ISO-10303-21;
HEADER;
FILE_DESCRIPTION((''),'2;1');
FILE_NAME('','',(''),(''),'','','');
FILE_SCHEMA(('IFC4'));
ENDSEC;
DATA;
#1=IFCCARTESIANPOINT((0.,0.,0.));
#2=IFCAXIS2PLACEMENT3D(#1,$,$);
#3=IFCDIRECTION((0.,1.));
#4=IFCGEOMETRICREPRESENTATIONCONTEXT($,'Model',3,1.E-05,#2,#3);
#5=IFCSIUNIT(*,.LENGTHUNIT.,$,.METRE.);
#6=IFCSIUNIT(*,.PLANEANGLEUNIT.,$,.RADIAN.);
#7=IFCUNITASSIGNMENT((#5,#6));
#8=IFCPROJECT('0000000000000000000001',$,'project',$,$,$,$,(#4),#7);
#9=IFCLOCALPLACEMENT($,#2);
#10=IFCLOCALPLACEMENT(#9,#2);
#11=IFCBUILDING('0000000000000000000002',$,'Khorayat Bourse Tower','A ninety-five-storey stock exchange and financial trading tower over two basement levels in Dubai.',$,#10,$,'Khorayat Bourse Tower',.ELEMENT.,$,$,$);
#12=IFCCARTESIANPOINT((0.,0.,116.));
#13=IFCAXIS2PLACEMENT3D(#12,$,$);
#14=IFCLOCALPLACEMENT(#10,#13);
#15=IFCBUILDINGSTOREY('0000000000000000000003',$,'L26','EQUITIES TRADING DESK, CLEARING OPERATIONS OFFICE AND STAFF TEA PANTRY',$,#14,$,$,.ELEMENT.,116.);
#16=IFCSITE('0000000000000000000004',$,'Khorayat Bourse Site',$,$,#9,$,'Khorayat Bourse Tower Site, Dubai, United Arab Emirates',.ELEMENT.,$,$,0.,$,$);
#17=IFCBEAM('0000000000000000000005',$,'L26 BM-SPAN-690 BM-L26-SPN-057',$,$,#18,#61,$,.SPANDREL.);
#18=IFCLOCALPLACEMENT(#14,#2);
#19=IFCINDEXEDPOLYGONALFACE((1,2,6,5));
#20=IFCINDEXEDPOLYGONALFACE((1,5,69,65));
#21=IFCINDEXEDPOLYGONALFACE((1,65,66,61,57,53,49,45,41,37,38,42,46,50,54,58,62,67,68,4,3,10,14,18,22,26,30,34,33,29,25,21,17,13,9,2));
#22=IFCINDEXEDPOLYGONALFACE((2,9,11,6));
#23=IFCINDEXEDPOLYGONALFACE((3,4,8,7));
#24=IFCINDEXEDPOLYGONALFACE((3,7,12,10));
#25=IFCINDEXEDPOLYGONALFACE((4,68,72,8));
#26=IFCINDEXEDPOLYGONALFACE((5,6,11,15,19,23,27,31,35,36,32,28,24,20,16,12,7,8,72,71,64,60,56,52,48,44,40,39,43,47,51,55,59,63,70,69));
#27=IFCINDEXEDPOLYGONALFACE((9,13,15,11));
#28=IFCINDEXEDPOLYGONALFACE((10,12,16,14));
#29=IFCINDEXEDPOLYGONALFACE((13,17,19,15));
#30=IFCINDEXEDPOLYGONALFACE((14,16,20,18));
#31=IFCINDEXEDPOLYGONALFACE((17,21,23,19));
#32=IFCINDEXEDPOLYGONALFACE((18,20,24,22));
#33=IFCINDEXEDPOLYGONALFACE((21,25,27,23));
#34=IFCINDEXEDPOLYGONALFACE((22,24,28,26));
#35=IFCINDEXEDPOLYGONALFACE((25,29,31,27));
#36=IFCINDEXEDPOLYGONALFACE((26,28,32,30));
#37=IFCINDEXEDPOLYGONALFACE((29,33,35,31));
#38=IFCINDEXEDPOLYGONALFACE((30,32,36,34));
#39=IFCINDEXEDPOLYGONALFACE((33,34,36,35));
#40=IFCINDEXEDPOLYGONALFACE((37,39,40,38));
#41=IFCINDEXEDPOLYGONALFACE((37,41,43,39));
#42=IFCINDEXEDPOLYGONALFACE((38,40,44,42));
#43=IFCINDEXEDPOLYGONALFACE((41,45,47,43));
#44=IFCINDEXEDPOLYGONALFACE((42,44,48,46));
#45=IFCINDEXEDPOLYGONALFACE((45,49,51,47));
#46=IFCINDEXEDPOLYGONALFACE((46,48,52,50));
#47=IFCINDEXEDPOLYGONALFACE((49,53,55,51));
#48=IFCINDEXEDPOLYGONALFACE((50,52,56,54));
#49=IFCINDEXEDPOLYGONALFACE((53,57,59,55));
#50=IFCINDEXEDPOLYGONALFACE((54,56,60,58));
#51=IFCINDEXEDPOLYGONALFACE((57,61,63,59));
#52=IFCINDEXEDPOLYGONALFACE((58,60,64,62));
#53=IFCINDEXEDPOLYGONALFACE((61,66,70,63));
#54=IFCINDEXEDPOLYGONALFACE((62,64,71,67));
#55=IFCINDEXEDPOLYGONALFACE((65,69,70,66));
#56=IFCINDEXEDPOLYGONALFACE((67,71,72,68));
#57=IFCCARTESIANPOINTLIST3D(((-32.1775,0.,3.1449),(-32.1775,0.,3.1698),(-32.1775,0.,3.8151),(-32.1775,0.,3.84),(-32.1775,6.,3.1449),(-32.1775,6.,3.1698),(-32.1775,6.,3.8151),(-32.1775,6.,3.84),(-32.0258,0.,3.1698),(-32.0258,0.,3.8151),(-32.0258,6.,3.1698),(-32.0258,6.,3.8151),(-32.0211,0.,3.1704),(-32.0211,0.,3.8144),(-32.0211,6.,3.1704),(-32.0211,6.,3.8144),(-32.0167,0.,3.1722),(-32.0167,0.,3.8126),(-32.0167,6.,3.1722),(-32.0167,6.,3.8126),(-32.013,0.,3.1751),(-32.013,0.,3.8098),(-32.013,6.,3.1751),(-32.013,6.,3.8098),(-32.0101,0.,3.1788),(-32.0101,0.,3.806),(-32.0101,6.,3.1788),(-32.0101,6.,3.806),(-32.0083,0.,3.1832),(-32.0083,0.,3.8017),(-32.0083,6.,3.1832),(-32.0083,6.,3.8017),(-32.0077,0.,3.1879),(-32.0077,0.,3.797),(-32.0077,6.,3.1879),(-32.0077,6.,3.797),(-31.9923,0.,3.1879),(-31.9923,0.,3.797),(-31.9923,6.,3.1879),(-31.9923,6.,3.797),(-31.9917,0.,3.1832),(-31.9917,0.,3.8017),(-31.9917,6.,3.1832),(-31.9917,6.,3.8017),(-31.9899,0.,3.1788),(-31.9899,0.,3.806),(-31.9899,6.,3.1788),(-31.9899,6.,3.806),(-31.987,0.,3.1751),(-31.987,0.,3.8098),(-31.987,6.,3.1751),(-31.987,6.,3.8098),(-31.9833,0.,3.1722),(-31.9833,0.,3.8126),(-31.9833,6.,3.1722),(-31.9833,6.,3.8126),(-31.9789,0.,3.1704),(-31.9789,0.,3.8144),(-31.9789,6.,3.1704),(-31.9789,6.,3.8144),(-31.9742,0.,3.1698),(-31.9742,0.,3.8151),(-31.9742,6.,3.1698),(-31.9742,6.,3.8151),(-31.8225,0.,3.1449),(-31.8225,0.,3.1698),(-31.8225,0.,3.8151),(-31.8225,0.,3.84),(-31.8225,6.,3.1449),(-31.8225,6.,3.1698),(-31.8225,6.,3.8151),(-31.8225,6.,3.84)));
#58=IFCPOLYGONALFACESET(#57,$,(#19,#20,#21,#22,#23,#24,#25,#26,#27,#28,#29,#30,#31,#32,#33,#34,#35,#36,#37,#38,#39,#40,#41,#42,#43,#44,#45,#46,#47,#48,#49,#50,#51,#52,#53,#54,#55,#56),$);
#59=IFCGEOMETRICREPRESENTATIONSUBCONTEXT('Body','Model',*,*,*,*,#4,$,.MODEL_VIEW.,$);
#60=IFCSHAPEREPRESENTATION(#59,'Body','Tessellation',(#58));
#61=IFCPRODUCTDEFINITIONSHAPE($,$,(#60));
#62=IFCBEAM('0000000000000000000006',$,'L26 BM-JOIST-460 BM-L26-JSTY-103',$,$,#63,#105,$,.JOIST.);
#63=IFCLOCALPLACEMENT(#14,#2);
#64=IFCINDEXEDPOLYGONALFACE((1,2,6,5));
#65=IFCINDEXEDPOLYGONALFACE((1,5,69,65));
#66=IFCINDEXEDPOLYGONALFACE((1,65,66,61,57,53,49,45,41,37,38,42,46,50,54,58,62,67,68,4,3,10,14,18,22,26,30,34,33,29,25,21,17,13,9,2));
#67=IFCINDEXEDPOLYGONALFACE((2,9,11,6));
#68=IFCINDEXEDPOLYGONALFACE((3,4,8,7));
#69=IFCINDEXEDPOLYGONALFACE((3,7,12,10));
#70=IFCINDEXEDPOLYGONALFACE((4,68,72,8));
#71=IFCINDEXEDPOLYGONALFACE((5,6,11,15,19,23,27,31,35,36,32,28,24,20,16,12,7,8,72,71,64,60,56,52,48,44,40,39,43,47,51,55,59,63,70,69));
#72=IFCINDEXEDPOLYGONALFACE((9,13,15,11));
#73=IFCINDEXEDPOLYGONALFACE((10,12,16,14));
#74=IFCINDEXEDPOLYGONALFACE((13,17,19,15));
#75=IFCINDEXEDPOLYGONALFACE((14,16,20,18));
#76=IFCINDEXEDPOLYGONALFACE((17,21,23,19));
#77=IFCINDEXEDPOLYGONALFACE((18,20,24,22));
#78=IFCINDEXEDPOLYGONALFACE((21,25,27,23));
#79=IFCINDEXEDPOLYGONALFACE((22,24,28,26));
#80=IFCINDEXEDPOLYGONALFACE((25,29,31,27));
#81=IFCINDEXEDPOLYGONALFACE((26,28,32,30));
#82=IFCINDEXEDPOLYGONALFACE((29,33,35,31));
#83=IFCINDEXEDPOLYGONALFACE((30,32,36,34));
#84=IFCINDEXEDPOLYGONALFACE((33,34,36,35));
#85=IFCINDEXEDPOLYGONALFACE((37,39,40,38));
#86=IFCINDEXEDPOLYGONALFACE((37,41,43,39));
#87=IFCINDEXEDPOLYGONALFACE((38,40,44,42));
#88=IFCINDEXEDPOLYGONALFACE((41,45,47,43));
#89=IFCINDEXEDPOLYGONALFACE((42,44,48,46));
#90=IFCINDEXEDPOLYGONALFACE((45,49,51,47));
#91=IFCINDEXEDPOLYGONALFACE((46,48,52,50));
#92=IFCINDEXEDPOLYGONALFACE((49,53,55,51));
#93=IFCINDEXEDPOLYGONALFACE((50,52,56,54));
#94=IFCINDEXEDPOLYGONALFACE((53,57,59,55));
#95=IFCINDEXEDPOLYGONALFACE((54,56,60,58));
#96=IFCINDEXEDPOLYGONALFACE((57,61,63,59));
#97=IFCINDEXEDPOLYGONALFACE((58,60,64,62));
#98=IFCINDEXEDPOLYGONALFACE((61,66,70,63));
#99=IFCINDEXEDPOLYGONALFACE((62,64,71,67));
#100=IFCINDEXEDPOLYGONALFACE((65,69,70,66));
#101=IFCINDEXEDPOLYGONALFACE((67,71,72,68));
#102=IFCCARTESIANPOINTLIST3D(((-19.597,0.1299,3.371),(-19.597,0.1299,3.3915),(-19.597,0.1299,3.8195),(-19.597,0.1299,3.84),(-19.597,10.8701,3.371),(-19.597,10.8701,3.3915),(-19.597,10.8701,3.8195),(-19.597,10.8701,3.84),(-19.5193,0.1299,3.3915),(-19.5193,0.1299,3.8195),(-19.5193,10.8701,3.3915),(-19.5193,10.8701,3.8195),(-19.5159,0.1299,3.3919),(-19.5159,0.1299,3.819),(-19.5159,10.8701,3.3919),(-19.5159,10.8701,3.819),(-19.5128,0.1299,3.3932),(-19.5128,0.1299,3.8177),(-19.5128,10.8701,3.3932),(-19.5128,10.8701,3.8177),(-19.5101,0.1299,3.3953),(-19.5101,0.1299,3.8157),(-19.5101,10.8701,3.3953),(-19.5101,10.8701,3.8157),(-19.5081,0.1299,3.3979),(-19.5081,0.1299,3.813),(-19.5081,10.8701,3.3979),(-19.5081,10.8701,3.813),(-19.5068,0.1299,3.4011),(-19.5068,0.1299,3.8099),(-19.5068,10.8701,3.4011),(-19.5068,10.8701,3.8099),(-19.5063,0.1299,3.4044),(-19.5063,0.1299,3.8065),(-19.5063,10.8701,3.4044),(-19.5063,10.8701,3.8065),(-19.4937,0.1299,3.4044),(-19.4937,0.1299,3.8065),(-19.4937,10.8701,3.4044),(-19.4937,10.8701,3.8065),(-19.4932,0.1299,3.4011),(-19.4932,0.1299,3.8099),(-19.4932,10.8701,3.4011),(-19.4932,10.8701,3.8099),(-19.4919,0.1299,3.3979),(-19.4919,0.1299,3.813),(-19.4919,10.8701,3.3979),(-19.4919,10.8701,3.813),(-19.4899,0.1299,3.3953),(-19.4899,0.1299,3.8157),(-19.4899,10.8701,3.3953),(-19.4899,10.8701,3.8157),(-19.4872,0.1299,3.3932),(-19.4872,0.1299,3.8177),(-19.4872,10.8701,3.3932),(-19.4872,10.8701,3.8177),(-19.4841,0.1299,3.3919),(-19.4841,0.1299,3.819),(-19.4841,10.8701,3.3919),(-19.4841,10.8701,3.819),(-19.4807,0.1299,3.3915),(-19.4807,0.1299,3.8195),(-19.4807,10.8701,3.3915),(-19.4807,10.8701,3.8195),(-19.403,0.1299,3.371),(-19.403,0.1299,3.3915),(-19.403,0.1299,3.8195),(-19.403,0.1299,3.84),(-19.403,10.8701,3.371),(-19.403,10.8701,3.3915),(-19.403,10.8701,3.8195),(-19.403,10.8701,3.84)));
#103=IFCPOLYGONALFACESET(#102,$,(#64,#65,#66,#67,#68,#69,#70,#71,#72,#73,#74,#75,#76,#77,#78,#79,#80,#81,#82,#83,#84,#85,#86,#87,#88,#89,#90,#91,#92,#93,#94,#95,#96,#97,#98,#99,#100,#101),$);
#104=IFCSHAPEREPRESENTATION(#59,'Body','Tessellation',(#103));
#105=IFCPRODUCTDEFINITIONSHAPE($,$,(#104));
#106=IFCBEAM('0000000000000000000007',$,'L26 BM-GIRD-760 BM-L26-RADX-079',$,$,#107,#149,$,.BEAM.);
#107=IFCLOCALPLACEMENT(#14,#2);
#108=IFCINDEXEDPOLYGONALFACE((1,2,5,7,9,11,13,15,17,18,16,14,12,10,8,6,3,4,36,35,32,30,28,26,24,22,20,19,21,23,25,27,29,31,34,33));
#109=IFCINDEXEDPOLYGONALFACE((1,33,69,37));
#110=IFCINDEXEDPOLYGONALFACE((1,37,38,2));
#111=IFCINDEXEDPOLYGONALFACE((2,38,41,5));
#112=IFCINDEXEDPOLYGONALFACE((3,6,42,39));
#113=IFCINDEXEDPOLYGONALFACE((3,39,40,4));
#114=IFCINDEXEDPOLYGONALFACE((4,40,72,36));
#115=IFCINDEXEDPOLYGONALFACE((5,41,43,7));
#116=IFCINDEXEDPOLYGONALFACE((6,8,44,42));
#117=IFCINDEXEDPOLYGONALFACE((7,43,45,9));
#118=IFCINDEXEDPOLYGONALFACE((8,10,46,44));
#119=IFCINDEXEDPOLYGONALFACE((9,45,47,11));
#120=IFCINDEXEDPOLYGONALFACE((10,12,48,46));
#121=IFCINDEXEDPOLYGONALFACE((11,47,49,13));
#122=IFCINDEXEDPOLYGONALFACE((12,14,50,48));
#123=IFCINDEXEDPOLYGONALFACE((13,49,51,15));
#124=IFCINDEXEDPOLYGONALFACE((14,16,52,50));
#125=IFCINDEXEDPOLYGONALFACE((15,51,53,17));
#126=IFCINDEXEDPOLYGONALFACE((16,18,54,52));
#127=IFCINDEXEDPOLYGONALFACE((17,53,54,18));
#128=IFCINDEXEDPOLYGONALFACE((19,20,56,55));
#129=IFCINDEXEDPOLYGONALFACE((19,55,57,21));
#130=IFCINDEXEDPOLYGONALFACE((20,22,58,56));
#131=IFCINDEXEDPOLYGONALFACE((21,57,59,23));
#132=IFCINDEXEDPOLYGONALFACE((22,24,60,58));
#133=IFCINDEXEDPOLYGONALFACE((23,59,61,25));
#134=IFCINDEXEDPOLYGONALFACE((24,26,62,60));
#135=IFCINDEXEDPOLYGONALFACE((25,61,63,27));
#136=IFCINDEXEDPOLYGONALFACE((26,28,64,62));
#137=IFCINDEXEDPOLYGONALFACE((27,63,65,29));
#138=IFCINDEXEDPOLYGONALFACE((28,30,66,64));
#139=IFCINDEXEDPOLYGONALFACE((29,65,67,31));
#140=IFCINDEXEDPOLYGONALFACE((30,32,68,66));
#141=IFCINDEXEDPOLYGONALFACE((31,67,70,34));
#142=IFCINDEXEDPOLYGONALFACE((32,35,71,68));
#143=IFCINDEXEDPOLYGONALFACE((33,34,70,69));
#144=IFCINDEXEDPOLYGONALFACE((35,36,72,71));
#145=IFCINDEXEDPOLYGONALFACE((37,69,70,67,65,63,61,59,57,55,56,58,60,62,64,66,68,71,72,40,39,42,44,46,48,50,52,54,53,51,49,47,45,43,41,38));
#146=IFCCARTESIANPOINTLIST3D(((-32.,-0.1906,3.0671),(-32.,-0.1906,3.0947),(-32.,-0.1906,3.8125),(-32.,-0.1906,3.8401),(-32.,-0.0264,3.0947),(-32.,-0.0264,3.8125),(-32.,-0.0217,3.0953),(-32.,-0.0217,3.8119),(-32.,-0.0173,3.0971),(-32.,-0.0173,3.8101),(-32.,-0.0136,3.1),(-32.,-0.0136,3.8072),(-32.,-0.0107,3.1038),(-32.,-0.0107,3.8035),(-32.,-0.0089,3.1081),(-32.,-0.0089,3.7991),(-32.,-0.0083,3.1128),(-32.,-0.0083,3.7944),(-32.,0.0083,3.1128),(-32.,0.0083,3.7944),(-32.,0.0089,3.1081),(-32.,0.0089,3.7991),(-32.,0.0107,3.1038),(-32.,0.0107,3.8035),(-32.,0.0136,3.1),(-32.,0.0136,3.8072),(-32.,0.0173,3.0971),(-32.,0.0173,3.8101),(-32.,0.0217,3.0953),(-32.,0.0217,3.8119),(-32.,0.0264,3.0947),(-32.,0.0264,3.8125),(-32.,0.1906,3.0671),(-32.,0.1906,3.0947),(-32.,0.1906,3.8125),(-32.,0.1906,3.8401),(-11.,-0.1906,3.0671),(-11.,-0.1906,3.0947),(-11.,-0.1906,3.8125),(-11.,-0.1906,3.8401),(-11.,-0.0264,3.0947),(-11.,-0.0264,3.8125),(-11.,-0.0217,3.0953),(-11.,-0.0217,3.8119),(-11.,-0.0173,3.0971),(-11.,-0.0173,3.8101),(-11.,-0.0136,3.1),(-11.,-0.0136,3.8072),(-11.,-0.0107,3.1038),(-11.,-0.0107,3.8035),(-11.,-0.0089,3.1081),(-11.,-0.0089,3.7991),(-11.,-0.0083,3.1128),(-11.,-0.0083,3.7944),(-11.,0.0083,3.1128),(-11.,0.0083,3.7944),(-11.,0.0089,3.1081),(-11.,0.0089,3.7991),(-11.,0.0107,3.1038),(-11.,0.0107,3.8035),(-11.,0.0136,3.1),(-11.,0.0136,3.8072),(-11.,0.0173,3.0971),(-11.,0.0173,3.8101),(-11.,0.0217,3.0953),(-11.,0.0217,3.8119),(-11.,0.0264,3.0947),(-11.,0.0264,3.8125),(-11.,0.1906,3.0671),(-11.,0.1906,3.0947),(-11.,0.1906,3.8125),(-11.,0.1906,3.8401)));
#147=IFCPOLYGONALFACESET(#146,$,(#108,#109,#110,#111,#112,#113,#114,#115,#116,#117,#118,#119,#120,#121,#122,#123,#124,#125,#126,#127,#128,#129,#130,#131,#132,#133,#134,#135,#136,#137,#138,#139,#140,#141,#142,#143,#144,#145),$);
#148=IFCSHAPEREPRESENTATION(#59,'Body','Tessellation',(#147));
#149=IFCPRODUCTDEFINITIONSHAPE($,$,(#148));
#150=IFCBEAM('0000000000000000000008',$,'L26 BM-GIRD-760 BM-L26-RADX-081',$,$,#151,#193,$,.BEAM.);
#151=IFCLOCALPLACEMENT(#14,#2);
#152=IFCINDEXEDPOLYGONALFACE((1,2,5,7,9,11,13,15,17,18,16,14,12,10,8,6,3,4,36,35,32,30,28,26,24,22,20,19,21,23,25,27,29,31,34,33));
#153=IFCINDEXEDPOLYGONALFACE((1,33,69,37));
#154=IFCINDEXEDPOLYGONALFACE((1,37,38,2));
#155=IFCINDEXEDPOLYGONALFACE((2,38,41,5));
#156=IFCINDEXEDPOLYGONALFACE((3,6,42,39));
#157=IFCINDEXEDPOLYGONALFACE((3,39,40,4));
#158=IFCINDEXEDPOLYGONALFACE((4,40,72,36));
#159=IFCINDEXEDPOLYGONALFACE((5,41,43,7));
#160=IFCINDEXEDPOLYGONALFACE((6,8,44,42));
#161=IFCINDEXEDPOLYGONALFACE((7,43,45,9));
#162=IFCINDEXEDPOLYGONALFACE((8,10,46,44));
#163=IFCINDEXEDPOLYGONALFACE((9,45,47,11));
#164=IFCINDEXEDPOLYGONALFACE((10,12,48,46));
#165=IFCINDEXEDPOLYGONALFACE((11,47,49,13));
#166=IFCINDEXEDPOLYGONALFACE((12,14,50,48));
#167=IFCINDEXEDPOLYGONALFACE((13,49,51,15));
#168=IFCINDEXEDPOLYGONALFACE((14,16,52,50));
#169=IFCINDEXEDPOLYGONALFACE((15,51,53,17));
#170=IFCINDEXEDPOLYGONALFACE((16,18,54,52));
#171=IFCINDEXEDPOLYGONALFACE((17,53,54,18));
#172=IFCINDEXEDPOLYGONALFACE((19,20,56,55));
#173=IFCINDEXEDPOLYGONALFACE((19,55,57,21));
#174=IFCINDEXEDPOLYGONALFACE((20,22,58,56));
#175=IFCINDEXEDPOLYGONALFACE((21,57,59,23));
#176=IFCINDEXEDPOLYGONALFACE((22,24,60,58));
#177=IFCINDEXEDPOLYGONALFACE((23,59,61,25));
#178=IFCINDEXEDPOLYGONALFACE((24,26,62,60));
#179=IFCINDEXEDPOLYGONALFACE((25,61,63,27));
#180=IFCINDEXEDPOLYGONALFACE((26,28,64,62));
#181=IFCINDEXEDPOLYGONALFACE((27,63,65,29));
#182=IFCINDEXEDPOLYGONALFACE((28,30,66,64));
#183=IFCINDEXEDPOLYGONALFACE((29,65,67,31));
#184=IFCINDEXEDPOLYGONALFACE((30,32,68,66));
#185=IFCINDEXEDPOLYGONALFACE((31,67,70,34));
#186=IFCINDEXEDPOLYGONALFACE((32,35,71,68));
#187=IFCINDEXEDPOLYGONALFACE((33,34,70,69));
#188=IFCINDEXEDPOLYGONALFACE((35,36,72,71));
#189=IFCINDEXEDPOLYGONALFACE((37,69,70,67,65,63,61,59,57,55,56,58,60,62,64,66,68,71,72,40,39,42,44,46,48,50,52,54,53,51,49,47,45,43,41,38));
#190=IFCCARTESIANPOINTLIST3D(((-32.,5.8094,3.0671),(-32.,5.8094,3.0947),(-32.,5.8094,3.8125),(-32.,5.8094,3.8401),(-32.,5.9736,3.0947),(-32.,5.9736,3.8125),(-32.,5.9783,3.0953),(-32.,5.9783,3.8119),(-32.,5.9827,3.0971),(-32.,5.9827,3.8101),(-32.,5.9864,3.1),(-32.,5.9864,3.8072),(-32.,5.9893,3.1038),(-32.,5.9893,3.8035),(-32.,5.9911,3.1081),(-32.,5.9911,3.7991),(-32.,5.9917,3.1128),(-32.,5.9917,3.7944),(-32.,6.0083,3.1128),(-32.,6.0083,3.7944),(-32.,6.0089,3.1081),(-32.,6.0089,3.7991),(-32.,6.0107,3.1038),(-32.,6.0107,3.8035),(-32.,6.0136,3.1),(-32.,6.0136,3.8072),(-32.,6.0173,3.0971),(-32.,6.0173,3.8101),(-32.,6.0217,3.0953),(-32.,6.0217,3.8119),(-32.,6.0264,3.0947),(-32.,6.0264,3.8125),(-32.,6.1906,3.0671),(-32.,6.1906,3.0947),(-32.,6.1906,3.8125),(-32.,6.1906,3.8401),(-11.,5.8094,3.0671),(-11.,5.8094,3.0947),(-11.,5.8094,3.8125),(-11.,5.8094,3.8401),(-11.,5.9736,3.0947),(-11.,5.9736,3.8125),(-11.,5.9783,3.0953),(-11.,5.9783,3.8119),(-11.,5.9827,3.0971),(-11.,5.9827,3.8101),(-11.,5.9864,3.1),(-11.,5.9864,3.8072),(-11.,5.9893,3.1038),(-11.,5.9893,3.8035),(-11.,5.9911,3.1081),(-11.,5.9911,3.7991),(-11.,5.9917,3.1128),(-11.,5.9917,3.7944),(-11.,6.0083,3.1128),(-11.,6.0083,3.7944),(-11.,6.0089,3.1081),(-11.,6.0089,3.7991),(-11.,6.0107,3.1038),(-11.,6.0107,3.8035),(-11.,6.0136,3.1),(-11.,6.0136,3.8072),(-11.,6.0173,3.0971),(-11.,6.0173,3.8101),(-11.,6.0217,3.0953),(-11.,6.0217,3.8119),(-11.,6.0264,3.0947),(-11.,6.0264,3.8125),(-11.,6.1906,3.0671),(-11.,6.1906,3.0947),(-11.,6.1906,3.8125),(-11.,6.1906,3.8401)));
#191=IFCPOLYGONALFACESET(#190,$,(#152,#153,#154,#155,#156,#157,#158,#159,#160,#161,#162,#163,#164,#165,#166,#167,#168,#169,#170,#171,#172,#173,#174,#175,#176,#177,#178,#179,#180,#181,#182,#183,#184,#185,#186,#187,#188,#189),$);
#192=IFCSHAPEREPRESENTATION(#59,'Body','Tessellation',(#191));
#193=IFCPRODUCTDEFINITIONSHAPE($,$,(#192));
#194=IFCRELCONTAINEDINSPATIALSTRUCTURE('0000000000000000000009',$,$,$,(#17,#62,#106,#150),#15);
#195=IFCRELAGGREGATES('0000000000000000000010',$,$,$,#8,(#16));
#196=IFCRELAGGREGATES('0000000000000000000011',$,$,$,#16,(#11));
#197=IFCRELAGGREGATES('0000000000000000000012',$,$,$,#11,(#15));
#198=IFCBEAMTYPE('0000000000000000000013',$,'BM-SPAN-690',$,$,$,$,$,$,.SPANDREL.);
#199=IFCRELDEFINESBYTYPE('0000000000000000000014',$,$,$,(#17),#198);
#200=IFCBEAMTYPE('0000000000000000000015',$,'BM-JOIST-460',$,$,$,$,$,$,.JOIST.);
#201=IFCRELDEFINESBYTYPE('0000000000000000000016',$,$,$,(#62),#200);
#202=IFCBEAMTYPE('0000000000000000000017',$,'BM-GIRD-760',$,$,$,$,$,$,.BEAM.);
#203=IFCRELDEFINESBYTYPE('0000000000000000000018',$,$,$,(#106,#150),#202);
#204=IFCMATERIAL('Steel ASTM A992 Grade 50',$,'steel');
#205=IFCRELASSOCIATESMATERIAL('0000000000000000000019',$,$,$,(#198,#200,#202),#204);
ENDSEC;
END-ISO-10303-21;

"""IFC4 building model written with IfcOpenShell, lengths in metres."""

from ifc_helpers import new_model, si_unit, direction, frame, origin, origin_2d, place, context, subcontext, project, spatial, i_section, extrude, source, transform, mapped, material, material_profile, profile_set, type_object, element, save


model = new_model("IFC4")

# Units and contexts
model_context = context("Model", 3, precision=1e-05, world=origin(), true_north=direction((0.0, 1.0)))
body_context = subcontext(model_context, "Body", "Model", "MODEL_VIEW")
ifc_project = project(units=[si_unit("LENGTHUNIT", "METRE"), si_unit("PLANEANGLEUNIT", "RADIAN")], contexts=[model_context])

# Site, building, storey
site_placement = place(None, origin())
site = spatial("IfcSite", under=ifc_project, at=site_placement, Name="Khorayat Bourse Site", LongName="Khorayat Bourse Tower Site, Dubai, United Arab Emirates", CompositionType="ELEMENT", RefElevation=0.0)
building_placement = place(site_placement, origin())
building = spatial("IfcBuilding", under=site, at=building_placement, Name="Khorayat Bourse Tower", Description="A ninety-five-storey stock exchange and financial trading tower over two basement levels in Dubai.", LongName="Khorayat Bourse Tower", CompositionType="ELEMENT")
storey_placement = place(building_placement, frame((0.0, 0.0, 116.0)))
storey = spatial("IfcBuildingStorey", under=building, at=storey_placement, Name="L26", Description="EQUITIES TRADING DESK, CLEARING OPERATIONS OFFICE AND STAFF TEA PANTRY", CompositionType="ELEMENT", Elevation=116.0)

# Beams
ifc_material_1 = material(Name="Steel ASTM A992 Grade 50", Category="steel")
ifc_material_profile_1 = material_profile(ifc_material_1, i_section(OverallWidth=0.355, OverallDepth=0.6951, WebThickness=0.0154, FlangeThickness=0.0249, FilletRadius=0.0181, at=origin_2d()), Name="W690X217")
ifc_profile_set_1 = profile_set([ifc_material_profile_1], Name="Steel ASTM A992 Grade 50")
beam_type_1 = type_object("IfcBeamType", Name="BM-SPAN-690", PredefinedType="SPANDREL", material=ifc_profile_set_1)
shared_shape_1 = source(origin(), body_context, "Body", "SweptSolid", [
    extrude(i_section(OverallWidth=0.355, OverallDepth=0.6951, WebThickness=0.0154, FlangeThickness=0.0249, FilletRadius=0.0181, at=origin_2d()), origin(), (0.0, 0.0, 1.0), 6.0),
])
beam_1_placement = place(storey_placement, frame((-32.0, 0.0, 3.4924), z_axis=(0.0, 1.0, 0.0), x_axis=(-1.0, 0.0, 0.0)))
element("IfcBeam", 1, at=beam_1_placement, inside=storey, type_object=beam_type_1, Name="L26 BM-SPAN-690 BM-L26-SPN-057", PredefinedType="SPANDREL", context=body_context, shape_type="MappedRepresentation", body=[
    mapped(shared_shape_1, transform((0.0, 0.0, 0.0), scale=1.0)),
])
ifc_material_profile_2 = material_profile(ifc_material_1, i_section(OverallWidth=0.1941, OverallDepth=0.469, WebThickness=0.0127, FlangeThickness=0.0205, FilletRadius=0.0129, at=origin_2d()), Name="W460X106")
ifc_profile_set_2 = profile_set([ifc_material_profile_2], Name="Steel ASTM A992 Grade 50")
beam_type_2 = type_object("IfcBeamType", Name="BM-JOIST-460", PredefinedType="JOIST", material=ifc_profile_set_2)
shared_shape_2 = source(origin(), body_context, "Body", "SweptSolid", [
    extrude(i_section(OverallWidth=0.1941, OverallDepth=0.469, WebThickness=0.0127, FlangeThickness=0.0205, FilletRadius=0.0129, at=origin_2d()), origin(), (0.0, 0.0, 1.0), 10.7402),
])
beam_2_placement = place(storey_placement, frame((-19.5, 0.1299, 3.6055), z_axis=(0.0, 1.0, 0.0), x_axis=(-1.0, 0.0, 0.0)))
element("IfcBeam", 2, at=beam_2_placement, inside=storey, type_object=beam_type_2, Name="L26 BM-JOIST-460 BM-L26-JSTY-103", PredefinedType="JOIST", context=body_context, shape_type="MappedRepresentation", body=[
    mapped(shared_shape_2, transform((0.0, 0.0, 0.0), scale=1.0)),
])
ifc_material_profile_3 = material_profile(ifc_material_1, i_section(OverallWidth=0.3811, OverallDepth=0.7729, WebThickness=0.0166, FlangeThickness=0.0276, FilletRadius=0.0181, at=origin_2d()), Name="W760X257")
ifc_profile_set_3 = profile_set([ifc_material_profile_3], Name="Steel ASTM A992 Grade 50")
beam_type_3 = type_object("IfcBeamType", Name="BM-GIRD-760", PredefinedType="BEAM", material=ifc_profile_set_3)
shared_shape_3 = source(origin(), body_context, "Body", "SweptSolid", [
    extrude(i_section(OverallWidth=0.3811, OverallDepth=0.7729, WebThickness=0.0166, FlangeThickness=0.0276, FilletRadius=0.0181, at=origin_2d()), origin(), (0.0, 0.0, 1.0), 21.0),
])
for number, where, z_axis, x_axis, name in (
    (3, (-32.0, 0.0, 3.4536), (1.0, 0.0, 0.0), (0.0, 1.0, 0.0), "L26 BM-GIRD-760 BM-L26-RADX-079"),
    (4, (-32.0, 6.0, 3.4536), (1.0, 0.0, 0.0), (0.0, 1.0, 0.0), "L26 BM-GIRD-760 BM-L26-RADX-081"),
):
    element("IfcBeam", number, at=place(storey_placement, frame(where, z_axis=z_axis, x_axis=x_axis)), inside=storey, type_object=beam_type_3, Name=name, PredefinedType="BEAM", context=body_context, shape_type="MappedRepresentation", body=[
        mapped(shared_shape_3, transform((0.0, 0.0, 0.0), scale=1.0)),
    ])

save(model, "model.ifc")
